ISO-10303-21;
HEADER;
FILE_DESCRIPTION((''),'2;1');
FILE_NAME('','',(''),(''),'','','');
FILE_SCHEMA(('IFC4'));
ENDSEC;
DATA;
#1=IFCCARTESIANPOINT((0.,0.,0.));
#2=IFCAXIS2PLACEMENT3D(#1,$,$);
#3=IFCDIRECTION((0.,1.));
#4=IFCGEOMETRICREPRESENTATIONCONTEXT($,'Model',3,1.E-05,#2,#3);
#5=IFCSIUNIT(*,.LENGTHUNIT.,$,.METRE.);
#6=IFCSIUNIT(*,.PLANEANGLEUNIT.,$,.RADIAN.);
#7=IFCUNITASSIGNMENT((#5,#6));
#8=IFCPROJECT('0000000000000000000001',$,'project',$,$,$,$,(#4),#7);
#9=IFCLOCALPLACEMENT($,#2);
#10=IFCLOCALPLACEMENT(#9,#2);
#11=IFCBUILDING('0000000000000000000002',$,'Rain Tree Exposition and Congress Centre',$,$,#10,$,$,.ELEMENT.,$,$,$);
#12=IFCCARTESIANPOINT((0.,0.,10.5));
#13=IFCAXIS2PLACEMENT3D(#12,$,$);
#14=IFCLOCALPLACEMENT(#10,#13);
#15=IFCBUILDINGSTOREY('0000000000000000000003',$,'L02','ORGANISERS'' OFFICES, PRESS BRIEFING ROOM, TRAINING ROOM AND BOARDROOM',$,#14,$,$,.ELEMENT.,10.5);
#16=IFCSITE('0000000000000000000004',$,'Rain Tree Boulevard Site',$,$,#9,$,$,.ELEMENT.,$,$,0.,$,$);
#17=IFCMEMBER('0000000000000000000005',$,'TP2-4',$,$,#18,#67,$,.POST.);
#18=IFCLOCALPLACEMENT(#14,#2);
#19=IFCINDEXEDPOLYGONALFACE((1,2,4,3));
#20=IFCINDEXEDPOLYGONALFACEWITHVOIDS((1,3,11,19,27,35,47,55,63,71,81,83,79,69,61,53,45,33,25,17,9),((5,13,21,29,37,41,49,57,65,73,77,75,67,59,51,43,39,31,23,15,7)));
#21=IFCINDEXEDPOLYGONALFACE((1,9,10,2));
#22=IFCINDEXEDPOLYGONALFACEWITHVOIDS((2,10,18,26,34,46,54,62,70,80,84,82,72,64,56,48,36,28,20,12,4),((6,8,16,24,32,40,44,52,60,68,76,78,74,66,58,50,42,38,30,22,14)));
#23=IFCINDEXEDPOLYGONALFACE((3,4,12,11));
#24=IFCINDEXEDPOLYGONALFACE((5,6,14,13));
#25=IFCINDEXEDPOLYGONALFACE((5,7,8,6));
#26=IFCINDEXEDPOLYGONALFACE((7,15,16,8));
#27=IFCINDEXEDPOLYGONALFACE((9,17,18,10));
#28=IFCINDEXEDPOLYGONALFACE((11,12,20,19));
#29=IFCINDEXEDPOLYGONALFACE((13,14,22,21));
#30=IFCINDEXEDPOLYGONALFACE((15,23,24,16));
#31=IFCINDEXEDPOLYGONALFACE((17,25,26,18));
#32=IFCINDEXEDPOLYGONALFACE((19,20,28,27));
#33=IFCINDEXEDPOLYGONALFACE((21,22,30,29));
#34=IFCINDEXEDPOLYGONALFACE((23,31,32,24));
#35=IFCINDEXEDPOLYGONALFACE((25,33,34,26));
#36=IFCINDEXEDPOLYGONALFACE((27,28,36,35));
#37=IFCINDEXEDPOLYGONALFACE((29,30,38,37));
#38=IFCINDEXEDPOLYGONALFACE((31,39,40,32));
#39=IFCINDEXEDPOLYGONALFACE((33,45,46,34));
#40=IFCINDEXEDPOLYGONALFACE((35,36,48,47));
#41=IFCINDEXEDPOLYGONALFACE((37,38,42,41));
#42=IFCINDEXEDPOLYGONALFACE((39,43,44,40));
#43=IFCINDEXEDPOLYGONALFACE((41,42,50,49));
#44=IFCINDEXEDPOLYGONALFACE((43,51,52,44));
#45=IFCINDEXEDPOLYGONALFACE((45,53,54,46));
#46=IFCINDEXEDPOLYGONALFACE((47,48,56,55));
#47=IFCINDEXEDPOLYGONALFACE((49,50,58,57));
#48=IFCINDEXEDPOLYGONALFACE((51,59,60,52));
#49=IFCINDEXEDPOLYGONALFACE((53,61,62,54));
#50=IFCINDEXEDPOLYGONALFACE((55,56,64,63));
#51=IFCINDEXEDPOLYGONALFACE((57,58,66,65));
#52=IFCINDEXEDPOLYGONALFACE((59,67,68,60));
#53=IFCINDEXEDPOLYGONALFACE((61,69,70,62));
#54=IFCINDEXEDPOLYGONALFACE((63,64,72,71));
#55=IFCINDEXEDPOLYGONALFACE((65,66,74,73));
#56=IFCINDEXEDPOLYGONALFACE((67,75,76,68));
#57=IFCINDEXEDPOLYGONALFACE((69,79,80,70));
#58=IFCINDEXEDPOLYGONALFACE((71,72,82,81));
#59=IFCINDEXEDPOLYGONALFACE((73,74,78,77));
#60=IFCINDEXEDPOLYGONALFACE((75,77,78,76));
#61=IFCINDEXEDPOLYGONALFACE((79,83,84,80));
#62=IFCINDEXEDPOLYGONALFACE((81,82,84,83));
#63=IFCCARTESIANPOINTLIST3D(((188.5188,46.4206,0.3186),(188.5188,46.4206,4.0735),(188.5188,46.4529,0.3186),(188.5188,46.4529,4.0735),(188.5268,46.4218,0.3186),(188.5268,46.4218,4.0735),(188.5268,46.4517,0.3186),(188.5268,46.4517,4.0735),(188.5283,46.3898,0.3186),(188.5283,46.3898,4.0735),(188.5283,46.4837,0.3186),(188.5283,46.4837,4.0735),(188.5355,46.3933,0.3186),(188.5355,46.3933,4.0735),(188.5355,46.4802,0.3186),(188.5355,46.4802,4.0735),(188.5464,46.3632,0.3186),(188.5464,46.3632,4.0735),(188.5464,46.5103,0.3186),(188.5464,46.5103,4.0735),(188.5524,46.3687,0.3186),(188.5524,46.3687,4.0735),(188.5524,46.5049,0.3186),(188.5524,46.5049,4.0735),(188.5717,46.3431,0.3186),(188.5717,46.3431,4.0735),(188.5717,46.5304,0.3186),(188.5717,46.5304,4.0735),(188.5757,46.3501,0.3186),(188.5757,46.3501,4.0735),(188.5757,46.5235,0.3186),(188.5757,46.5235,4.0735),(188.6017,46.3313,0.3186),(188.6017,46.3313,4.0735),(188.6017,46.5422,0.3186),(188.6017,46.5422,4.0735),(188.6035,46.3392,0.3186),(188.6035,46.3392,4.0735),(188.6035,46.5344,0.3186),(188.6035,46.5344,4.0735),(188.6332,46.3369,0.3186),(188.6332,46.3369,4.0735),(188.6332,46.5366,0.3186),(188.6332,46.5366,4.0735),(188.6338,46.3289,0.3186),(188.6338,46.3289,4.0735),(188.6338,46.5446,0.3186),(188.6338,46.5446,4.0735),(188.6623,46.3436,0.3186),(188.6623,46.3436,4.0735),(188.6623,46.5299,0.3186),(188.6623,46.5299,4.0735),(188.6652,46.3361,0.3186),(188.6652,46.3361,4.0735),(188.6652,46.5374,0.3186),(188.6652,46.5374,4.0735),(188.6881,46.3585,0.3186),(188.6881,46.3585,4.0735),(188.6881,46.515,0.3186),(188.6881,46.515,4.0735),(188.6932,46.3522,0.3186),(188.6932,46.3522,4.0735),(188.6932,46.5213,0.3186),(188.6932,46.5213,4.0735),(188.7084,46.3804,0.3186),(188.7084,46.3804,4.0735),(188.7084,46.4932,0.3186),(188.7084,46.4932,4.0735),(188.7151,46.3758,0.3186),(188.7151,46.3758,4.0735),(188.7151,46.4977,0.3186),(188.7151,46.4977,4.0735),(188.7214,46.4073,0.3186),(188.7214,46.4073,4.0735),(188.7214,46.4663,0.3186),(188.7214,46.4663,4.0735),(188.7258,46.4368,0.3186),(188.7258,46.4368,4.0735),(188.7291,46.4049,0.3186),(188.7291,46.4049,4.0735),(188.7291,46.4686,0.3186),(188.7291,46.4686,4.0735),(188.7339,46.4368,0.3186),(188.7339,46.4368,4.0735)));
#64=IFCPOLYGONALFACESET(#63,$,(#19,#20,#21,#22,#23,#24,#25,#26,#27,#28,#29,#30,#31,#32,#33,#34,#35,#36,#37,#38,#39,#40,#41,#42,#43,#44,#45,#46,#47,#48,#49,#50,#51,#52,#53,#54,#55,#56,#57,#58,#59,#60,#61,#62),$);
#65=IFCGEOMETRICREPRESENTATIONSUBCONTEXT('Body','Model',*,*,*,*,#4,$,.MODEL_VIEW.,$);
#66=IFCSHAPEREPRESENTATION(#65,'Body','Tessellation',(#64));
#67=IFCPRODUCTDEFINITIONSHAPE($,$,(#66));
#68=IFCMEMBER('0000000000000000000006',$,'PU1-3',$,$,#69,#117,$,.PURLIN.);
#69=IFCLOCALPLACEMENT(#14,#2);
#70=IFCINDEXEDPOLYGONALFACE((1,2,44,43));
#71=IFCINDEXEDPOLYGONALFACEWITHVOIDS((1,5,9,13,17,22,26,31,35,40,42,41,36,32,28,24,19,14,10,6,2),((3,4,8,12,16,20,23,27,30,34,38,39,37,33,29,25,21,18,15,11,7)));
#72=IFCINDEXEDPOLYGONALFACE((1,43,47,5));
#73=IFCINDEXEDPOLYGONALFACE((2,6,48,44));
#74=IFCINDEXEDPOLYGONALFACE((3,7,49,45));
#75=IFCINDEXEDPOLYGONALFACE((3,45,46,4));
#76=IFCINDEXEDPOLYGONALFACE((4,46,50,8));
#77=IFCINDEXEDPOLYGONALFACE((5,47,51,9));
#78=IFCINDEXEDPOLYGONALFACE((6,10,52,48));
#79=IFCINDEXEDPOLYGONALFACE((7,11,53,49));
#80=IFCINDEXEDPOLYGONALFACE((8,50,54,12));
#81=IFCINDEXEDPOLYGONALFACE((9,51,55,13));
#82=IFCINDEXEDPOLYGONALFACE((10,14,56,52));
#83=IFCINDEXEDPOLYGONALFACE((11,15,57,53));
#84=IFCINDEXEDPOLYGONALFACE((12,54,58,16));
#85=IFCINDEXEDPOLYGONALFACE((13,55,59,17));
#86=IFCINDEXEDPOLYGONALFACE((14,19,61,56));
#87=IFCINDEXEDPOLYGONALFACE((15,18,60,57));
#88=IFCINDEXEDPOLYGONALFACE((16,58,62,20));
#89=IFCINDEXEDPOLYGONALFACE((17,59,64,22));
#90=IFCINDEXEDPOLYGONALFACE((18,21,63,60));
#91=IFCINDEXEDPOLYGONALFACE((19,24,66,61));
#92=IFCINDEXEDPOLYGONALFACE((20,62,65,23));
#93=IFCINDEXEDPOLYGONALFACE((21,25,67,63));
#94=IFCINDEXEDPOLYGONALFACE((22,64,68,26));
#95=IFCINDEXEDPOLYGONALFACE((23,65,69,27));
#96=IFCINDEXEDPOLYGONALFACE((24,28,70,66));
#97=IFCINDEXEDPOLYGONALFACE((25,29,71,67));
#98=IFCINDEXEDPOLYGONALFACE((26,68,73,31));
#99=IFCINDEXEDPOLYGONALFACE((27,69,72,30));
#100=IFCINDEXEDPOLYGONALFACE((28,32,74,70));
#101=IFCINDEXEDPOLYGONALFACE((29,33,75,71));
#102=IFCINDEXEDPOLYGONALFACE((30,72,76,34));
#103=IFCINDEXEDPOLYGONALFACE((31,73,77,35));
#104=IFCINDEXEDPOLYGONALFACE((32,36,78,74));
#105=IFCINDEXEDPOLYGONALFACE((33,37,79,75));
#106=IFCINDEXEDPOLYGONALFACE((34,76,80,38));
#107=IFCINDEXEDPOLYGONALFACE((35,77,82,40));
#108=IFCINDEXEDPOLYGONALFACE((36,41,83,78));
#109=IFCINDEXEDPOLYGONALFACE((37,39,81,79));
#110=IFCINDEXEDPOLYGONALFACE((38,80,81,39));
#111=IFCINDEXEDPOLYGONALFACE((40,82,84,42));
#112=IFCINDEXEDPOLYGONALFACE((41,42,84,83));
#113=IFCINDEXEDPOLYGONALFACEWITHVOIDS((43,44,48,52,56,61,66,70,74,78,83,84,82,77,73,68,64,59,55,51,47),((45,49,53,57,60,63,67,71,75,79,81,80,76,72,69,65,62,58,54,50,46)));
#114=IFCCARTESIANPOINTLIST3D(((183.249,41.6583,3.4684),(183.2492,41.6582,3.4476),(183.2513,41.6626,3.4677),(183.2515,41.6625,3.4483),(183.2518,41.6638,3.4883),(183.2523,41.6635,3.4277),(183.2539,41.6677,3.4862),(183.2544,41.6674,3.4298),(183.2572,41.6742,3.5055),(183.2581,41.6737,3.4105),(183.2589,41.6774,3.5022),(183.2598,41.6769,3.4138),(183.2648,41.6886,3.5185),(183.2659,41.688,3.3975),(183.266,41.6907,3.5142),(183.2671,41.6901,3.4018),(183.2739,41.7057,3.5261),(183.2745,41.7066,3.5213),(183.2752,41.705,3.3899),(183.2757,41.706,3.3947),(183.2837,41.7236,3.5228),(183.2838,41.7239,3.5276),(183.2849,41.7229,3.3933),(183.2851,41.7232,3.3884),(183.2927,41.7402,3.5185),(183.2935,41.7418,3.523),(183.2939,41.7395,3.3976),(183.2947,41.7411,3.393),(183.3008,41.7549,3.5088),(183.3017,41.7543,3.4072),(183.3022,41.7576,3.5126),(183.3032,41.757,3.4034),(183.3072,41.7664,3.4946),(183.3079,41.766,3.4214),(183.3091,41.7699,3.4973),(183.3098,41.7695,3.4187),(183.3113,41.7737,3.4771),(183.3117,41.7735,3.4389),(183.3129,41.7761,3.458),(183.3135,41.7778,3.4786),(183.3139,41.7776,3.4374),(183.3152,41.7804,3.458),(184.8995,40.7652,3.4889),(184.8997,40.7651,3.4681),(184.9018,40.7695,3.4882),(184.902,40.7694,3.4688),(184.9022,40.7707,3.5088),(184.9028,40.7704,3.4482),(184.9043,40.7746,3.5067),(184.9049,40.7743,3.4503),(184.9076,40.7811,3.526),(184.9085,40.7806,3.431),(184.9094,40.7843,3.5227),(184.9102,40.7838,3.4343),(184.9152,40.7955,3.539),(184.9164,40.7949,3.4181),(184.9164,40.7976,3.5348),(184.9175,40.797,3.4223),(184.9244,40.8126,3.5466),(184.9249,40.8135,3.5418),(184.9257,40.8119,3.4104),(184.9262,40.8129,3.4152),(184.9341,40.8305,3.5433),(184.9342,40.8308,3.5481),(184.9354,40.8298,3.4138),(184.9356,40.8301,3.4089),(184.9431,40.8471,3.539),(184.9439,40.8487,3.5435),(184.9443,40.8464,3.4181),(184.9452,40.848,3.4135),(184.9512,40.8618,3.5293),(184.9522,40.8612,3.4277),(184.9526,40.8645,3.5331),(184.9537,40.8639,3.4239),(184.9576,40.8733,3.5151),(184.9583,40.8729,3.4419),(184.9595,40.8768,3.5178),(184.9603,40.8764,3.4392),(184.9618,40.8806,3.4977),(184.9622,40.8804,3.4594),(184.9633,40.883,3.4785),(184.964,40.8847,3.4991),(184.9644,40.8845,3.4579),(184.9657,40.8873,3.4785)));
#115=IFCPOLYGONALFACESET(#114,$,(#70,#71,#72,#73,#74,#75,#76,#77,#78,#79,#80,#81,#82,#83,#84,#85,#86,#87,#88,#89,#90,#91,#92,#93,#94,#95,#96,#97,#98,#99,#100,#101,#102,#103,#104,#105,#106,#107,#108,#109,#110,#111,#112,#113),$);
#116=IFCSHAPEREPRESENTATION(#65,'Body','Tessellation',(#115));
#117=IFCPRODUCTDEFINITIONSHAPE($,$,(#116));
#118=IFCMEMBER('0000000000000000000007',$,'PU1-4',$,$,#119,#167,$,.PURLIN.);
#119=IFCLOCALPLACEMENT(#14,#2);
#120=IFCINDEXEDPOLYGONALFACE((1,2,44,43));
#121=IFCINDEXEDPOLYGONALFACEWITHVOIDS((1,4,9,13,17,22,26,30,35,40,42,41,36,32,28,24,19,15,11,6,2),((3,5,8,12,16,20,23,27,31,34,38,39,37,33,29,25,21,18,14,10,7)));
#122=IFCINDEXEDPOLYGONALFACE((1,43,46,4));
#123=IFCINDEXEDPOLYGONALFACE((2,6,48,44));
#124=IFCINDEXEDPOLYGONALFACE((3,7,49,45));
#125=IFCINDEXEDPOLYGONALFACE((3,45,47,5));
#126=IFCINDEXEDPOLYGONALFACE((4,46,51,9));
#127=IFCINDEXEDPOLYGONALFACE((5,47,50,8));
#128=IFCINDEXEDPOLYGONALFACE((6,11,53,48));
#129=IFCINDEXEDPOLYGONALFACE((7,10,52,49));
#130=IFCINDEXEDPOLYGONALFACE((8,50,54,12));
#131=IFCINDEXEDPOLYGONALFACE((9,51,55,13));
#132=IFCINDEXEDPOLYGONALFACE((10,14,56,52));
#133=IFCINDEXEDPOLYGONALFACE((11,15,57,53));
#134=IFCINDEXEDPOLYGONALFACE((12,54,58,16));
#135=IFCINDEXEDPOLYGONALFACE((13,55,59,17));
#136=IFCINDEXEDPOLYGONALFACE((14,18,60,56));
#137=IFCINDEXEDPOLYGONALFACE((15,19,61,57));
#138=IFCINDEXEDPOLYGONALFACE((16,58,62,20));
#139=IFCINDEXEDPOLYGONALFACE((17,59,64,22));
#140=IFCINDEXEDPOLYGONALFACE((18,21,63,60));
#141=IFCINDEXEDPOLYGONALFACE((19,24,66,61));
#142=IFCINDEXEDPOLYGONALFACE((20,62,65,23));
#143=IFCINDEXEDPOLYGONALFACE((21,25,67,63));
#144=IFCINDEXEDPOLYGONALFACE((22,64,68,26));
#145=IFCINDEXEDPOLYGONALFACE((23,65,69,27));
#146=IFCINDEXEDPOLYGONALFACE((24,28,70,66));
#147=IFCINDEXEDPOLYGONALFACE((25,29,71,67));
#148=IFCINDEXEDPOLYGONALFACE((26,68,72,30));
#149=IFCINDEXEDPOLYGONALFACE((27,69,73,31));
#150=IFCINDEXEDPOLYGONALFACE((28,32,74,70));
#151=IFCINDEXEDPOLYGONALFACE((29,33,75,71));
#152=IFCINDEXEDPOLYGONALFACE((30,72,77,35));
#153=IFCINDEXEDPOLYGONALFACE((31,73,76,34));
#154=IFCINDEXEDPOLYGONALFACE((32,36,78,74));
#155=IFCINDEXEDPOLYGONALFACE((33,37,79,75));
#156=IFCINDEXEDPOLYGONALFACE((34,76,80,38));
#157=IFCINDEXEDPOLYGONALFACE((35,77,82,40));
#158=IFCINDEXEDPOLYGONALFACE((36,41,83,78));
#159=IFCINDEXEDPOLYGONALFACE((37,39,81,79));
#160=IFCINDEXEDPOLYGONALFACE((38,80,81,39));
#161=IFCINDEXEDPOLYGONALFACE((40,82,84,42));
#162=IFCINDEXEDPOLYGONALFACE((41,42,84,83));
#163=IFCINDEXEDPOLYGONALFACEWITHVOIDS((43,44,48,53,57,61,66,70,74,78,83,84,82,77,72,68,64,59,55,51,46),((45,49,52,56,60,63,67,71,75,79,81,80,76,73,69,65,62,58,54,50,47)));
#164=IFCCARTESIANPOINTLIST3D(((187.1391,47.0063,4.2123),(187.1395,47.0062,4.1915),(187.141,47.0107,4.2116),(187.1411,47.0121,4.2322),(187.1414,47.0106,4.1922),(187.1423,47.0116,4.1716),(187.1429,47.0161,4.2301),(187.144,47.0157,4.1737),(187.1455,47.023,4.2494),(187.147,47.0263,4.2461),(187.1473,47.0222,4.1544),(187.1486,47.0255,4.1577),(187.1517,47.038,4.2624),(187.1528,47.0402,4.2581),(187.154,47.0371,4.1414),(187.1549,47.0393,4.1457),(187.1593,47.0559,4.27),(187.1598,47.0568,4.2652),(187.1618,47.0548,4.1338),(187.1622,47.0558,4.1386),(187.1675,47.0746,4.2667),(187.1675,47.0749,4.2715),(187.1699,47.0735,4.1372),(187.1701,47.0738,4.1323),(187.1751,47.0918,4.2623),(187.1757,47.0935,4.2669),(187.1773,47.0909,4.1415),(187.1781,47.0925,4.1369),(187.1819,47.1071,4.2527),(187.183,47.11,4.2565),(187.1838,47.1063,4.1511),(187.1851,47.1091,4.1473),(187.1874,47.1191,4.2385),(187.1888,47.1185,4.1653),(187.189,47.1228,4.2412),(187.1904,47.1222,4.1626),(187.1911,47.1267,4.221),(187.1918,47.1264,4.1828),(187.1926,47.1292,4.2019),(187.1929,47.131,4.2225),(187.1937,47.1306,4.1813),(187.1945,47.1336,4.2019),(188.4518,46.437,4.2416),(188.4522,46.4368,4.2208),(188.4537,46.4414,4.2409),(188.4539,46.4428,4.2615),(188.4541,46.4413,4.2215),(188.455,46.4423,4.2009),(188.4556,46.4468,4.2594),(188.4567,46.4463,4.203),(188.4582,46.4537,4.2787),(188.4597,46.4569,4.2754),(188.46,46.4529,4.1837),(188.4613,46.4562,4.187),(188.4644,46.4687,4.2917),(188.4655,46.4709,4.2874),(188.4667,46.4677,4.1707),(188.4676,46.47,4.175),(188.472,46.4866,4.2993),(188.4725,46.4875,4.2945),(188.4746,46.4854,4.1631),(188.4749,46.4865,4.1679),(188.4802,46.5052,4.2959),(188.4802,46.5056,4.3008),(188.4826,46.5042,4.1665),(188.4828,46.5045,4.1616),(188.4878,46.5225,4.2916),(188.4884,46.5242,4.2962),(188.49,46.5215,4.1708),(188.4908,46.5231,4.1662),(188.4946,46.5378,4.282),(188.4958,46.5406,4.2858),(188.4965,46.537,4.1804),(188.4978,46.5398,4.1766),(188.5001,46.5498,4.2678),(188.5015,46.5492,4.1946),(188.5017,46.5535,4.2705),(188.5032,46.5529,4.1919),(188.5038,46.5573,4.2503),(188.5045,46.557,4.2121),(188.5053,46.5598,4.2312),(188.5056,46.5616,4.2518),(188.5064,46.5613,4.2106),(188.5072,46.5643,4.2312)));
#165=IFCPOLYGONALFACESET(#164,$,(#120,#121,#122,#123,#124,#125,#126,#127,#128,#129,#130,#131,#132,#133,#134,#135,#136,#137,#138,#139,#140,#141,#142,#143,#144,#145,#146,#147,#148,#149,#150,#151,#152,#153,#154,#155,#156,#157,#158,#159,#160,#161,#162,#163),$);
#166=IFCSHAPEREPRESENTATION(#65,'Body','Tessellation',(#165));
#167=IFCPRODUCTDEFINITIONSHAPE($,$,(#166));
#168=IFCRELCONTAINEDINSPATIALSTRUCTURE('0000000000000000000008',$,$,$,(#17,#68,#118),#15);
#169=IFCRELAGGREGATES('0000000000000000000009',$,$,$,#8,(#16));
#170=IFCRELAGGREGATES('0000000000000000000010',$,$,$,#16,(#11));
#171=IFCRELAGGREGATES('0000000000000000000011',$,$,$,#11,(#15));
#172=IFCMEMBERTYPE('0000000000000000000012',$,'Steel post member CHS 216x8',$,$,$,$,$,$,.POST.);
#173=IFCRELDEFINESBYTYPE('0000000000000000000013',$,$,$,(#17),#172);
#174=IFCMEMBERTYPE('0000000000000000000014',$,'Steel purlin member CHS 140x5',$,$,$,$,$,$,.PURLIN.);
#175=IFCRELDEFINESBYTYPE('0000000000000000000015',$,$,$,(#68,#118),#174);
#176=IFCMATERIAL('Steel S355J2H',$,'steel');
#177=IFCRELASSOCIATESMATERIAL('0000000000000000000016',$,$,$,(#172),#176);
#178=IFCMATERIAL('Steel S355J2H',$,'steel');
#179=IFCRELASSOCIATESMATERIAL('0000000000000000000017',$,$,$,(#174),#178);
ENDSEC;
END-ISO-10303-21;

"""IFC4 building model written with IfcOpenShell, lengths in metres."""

from ifc_helpers import new_model, si_unit, direction, frame, origin, origin_2d, place, context, subcontext, project, spatial, hollow_circle, extrude, material, material_profile, profile_set, type_object, element, save


model = new_model("IFC4")

# Units and contexts
model_context = context("Model", 3, precision=1e-05, world=origin(), true_north=direction((0.0, 1.0)))
body_context = subcontext(model_context, "Body", "Model", "MODEL_VIEW")
ifc_project = project(units=[si_unit("LENGTHUNIT", "METRE"), si_unit("PLANEANGLEUNIT", "RADIAN")], contexts=[model_context])

# Site, building, storey
site_placement = place(None, origin())
site = spatial("IfcSite", under=ifc_project, at=site_placement, Name="Rain Tree Boulevard Site", CompositionType="ELEMENT", RefElevation=0.0)
building_placement = place(site_placement, origin())
building = spatial("IfcBuilding", under=site, at=building_placement, Name="Rain Tree Exposition and Congress Centre", CompositionType="ELEMENT")
storey_placement = place(building_placement, frame((0.0, 0.0, 10.5)))
storey = spatial("IfcBuildingStorey", under=building, at=storey_placement, Name="L02", Description="ORGANISERS' OFFICES, PRESS BRIEFING ROOM, TRAINING ROOM AND BOARDROOM", CompositionType="ELEMENT", Elevation=10.5)

# Members
ifc_material_1 = material(Name="Steel S355J2H", Category="steel")
ifc_material_profile_1 = material_profile(ifc_material_1, hollow_circle(Radius=0.1082, WallThickness=0.0081, at=origin_2d()), Name="CHS 216x8")
ifc_profile_set_1 = profile_set([ifc_material_profile_1], Name="Steel S355J2H")
member_type_1 = type_object("IfcMemberType", Name="Steel post member CHS 216x8", PredefinedType="POST", material=ifc_profile_set_1)
member_1_placement = place(storey_placement, frame((188.6257, 46.4368, 0.3186), z_axis=(0.0, 0.0, 1.0), x_axis=(1.0, 0.0, 0.0)))
element("IfcMember", 1, at=member_1_placement, inside=storey, type_object=member_type_1, Name="TP2-4", PredefinedType="POST", context=body_context, shape_type="SweptSolid", body=[
    extrude(hollow_circle(Radius=0.1082, WallThickness=0.0081, at=origin_2d()), origin(), (0.0, 0.0, 1.0), 3.7549),
])
ifc_material_2 = material(Name="Steel S355J2H", Category="steel")
ifc_material_profile_2 = material_profile(ifc_material_2, hollow_circle(Radius=0.0698, WallThickness=0.0049, at=origin_2d()), Name="CHS 140x5")
ifc_profile_set_2 = profile_set([ifc_material_profile_2], Name="Steel S355J2H")
member_type_2 = type_object("IfcMemberType", Name="Steel purlin member CHS 140x5", PredefinedType="PURLIN", material=ifc_profile_set_2)
member_2_placement = place(storey_placement, frame((183.282, 41.719, 3.458), z_axis=(0.879439, -0.475886, 0.010928), x_axis=(0.475914, 0.879492, 0.0)))
element("IfcMember", 2, at=member_2_placement, inside=storey, type_object=member_type_2, Name="PU1-3", PredefinedType="PURLIN", context=body_context, shape_type="SweptSolid", body=[
    extrude(hollow_circle(Radius=0.0698, WallThickness=0.0049, at=origin_2d()), origin(), (0.0, 0.0, 1.0), 1.8767),
])
member_3_placement = place(storey_placement, frame((187.1667, 47.0696, 4.2019), z_axis=(0.917241, -0.397807, 0.02047), x_axis=(0.39789, 0.917433, 0.0)))
element("IfcMember", 3, at=member_3_placement, inside=storey, type_object=member_type_2, Name="PU1-4", PredefinedType="PURLIN", context=body_context, shape_type="SweptSolid", body=[
    extrude(hollow_circle(Radius=0.0698, WallThickness=0.0049, at=origin_2d()), origin(), (0.0, 0.0, 1.0), 1.4312),
])

save(model, "model.ifc")
